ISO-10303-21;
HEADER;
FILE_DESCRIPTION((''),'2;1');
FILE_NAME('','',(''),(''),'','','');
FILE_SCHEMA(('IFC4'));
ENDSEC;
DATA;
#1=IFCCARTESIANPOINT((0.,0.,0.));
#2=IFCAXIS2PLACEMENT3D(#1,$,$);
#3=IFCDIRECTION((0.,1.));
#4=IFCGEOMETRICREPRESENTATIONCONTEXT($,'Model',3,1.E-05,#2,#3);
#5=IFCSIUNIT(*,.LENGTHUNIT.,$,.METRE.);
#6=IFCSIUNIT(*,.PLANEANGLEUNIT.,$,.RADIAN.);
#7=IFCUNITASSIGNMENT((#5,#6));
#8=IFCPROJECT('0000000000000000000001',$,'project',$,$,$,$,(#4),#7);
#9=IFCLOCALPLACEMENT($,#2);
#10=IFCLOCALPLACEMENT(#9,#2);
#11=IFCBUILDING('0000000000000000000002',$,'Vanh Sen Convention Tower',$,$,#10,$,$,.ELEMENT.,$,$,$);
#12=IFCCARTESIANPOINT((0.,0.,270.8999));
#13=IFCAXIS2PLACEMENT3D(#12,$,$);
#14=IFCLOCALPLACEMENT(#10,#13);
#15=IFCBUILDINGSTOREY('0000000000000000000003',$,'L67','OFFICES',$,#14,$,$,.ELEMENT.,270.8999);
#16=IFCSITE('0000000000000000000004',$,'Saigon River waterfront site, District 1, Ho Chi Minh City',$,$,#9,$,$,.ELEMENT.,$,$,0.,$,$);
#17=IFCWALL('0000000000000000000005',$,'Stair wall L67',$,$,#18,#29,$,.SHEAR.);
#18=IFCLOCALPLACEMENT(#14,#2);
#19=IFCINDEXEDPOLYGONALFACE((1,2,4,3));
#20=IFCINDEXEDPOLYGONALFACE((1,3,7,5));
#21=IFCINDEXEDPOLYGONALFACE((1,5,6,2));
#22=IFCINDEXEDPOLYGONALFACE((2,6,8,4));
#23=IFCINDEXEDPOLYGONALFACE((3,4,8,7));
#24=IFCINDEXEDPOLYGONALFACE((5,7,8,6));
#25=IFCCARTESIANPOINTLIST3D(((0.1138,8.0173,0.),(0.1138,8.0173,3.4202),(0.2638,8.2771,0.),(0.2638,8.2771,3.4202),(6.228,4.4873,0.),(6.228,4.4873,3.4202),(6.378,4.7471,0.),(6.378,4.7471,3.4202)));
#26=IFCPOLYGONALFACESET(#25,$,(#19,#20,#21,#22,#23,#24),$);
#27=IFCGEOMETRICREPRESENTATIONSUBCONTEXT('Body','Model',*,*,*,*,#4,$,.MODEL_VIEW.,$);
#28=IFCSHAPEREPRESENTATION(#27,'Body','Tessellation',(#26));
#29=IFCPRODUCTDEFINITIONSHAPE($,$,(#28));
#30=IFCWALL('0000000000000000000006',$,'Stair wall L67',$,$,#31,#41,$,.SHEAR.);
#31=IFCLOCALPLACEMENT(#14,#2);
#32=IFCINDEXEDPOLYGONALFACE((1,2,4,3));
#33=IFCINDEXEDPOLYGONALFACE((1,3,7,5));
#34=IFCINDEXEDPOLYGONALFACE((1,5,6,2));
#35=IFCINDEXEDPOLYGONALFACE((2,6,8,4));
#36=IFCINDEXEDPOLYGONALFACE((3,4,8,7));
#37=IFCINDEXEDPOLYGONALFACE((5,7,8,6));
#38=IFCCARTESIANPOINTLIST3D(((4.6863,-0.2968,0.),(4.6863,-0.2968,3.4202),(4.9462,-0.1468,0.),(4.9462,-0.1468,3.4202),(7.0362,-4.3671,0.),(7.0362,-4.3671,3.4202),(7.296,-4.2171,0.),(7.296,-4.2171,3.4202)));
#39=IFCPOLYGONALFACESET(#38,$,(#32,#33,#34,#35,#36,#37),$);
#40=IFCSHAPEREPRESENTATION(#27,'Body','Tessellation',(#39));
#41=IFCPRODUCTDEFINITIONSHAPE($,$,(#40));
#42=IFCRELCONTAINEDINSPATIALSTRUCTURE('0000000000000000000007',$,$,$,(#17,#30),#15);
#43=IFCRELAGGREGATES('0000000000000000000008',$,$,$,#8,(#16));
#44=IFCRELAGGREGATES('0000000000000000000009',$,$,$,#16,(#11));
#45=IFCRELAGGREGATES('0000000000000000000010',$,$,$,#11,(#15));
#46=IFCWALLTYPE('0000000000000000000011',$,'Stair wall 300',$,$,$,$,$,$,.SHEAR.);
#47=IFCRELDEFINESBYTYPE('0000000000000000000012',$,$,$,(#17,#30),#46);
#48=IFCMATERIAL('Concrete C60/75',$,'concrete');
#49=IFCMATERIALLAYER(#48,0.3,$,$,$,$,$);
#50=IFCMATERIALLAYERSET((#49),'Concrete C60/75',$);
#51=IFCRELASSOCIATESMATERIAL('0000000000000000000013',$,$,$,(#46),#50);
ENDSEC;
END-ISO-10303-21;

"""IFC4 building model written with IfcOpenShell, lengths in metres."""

from ifc_helpers import new_model, si_unit, direction, frame, frame_2d, origin, place, context, subcontext, project, spatial, rectangle, extrude, material, layer, layer_set, type_object, element, save


model = new_model("IFC4")

# Units and contexts
model_context = context("Model", 3, precision=1e-05, world=origin(), true_north=direction((0.0, 1.0)))
body_context = subcontext(model_context, "Body", "Model", "MODEL_VIEW")
ifc_project = project(units=[si_unit("LENGTHUNIT", "METRE"), si_unit("PLANEANGLEUNIT", "RADIAN")], contexts=[model_context])

# Site, building, storey
site_placement = place(None, origin())
site = spatial("IfcSite", under=ifc_project, at=site_placement, Name="Saigon River waterfront site, District 1, Ho Chi Minh City", CompositionType="ELEMENT", RefElevation=0.0)
building_placement = place(site_placement, origin())
building = spatial("IfcBuilding", under=site, at=building_placement, Name="Vanh Sen Convention Tower", CompositionType="ELEMENT")
storey_placement = place(building_placement, frame((0.0, 0.0, 270.8999)))
storey = spatial("IfcBuildingStorey", under=building, at=storey_placement, Name="L67", Description="OFFICES", CompositionType="ELEMENT", Elevation=270.8999)

# Shared definitions
ifc_material_1 = material(Name="Concrete C60/75", Category="concrete")

# Shared definitions
ifc_layer_1 = layer(ifc_material_1, 0.3)
ifc_layer_set_1 = layer_set([ifc_layer_1], Name="Concrete C60/75")
wall_type_1 = type_object("IfcWallType", Name="Stair wall 300", PredefinedType="SHEAR", material=ifc_layer_set_1)

# Walls
for number, where, z_axis, x_axis, name in (
    (1, (6.303, 4.6172, 0.0), (0.0, 0.0, 1.0), (-0.866028, 0.499996, 0.0), "Stair wall L67"),
):
    element("IfcWall", number, at=place(storey_placement, frame(where, z_axis=z_axis, x_axis=x_axis)), inside=storey, type_object=wall_type_1, Name=name, PredefinedType="SHEAR", context=body_context, shape_type="SweptSolid", body=[
        extrude(rectangle(XDim=7.0601, YDim=0.3, at=frame_2d((3.53, 0.0))), origin(), (0.0, 0.0, 1.0), 3.4202),
    ])
wall_1_placement = place(storey_placement, frame((4.8162, -0.2217, 0.0), z_axis=(0.0, 0.0, 1.0), x_axis=(0.499977, -0.866039, 0.0)))
element("IfcWall", 2, at=wall_1_placement, inside=storey, type_object=wall_type_1, Name="Stair wall L67", PredefinedType="SHEAR", context=body_context, shape_type="SweptSolid", body=[
    extrude(rectangle(XDim=4.7, YDim=0.3, at=frame_2d((2.3501, 0.0))), origin(), (0.0, 0.0, 1.0), 3.4202),
])

save(model, "model.ifc")
